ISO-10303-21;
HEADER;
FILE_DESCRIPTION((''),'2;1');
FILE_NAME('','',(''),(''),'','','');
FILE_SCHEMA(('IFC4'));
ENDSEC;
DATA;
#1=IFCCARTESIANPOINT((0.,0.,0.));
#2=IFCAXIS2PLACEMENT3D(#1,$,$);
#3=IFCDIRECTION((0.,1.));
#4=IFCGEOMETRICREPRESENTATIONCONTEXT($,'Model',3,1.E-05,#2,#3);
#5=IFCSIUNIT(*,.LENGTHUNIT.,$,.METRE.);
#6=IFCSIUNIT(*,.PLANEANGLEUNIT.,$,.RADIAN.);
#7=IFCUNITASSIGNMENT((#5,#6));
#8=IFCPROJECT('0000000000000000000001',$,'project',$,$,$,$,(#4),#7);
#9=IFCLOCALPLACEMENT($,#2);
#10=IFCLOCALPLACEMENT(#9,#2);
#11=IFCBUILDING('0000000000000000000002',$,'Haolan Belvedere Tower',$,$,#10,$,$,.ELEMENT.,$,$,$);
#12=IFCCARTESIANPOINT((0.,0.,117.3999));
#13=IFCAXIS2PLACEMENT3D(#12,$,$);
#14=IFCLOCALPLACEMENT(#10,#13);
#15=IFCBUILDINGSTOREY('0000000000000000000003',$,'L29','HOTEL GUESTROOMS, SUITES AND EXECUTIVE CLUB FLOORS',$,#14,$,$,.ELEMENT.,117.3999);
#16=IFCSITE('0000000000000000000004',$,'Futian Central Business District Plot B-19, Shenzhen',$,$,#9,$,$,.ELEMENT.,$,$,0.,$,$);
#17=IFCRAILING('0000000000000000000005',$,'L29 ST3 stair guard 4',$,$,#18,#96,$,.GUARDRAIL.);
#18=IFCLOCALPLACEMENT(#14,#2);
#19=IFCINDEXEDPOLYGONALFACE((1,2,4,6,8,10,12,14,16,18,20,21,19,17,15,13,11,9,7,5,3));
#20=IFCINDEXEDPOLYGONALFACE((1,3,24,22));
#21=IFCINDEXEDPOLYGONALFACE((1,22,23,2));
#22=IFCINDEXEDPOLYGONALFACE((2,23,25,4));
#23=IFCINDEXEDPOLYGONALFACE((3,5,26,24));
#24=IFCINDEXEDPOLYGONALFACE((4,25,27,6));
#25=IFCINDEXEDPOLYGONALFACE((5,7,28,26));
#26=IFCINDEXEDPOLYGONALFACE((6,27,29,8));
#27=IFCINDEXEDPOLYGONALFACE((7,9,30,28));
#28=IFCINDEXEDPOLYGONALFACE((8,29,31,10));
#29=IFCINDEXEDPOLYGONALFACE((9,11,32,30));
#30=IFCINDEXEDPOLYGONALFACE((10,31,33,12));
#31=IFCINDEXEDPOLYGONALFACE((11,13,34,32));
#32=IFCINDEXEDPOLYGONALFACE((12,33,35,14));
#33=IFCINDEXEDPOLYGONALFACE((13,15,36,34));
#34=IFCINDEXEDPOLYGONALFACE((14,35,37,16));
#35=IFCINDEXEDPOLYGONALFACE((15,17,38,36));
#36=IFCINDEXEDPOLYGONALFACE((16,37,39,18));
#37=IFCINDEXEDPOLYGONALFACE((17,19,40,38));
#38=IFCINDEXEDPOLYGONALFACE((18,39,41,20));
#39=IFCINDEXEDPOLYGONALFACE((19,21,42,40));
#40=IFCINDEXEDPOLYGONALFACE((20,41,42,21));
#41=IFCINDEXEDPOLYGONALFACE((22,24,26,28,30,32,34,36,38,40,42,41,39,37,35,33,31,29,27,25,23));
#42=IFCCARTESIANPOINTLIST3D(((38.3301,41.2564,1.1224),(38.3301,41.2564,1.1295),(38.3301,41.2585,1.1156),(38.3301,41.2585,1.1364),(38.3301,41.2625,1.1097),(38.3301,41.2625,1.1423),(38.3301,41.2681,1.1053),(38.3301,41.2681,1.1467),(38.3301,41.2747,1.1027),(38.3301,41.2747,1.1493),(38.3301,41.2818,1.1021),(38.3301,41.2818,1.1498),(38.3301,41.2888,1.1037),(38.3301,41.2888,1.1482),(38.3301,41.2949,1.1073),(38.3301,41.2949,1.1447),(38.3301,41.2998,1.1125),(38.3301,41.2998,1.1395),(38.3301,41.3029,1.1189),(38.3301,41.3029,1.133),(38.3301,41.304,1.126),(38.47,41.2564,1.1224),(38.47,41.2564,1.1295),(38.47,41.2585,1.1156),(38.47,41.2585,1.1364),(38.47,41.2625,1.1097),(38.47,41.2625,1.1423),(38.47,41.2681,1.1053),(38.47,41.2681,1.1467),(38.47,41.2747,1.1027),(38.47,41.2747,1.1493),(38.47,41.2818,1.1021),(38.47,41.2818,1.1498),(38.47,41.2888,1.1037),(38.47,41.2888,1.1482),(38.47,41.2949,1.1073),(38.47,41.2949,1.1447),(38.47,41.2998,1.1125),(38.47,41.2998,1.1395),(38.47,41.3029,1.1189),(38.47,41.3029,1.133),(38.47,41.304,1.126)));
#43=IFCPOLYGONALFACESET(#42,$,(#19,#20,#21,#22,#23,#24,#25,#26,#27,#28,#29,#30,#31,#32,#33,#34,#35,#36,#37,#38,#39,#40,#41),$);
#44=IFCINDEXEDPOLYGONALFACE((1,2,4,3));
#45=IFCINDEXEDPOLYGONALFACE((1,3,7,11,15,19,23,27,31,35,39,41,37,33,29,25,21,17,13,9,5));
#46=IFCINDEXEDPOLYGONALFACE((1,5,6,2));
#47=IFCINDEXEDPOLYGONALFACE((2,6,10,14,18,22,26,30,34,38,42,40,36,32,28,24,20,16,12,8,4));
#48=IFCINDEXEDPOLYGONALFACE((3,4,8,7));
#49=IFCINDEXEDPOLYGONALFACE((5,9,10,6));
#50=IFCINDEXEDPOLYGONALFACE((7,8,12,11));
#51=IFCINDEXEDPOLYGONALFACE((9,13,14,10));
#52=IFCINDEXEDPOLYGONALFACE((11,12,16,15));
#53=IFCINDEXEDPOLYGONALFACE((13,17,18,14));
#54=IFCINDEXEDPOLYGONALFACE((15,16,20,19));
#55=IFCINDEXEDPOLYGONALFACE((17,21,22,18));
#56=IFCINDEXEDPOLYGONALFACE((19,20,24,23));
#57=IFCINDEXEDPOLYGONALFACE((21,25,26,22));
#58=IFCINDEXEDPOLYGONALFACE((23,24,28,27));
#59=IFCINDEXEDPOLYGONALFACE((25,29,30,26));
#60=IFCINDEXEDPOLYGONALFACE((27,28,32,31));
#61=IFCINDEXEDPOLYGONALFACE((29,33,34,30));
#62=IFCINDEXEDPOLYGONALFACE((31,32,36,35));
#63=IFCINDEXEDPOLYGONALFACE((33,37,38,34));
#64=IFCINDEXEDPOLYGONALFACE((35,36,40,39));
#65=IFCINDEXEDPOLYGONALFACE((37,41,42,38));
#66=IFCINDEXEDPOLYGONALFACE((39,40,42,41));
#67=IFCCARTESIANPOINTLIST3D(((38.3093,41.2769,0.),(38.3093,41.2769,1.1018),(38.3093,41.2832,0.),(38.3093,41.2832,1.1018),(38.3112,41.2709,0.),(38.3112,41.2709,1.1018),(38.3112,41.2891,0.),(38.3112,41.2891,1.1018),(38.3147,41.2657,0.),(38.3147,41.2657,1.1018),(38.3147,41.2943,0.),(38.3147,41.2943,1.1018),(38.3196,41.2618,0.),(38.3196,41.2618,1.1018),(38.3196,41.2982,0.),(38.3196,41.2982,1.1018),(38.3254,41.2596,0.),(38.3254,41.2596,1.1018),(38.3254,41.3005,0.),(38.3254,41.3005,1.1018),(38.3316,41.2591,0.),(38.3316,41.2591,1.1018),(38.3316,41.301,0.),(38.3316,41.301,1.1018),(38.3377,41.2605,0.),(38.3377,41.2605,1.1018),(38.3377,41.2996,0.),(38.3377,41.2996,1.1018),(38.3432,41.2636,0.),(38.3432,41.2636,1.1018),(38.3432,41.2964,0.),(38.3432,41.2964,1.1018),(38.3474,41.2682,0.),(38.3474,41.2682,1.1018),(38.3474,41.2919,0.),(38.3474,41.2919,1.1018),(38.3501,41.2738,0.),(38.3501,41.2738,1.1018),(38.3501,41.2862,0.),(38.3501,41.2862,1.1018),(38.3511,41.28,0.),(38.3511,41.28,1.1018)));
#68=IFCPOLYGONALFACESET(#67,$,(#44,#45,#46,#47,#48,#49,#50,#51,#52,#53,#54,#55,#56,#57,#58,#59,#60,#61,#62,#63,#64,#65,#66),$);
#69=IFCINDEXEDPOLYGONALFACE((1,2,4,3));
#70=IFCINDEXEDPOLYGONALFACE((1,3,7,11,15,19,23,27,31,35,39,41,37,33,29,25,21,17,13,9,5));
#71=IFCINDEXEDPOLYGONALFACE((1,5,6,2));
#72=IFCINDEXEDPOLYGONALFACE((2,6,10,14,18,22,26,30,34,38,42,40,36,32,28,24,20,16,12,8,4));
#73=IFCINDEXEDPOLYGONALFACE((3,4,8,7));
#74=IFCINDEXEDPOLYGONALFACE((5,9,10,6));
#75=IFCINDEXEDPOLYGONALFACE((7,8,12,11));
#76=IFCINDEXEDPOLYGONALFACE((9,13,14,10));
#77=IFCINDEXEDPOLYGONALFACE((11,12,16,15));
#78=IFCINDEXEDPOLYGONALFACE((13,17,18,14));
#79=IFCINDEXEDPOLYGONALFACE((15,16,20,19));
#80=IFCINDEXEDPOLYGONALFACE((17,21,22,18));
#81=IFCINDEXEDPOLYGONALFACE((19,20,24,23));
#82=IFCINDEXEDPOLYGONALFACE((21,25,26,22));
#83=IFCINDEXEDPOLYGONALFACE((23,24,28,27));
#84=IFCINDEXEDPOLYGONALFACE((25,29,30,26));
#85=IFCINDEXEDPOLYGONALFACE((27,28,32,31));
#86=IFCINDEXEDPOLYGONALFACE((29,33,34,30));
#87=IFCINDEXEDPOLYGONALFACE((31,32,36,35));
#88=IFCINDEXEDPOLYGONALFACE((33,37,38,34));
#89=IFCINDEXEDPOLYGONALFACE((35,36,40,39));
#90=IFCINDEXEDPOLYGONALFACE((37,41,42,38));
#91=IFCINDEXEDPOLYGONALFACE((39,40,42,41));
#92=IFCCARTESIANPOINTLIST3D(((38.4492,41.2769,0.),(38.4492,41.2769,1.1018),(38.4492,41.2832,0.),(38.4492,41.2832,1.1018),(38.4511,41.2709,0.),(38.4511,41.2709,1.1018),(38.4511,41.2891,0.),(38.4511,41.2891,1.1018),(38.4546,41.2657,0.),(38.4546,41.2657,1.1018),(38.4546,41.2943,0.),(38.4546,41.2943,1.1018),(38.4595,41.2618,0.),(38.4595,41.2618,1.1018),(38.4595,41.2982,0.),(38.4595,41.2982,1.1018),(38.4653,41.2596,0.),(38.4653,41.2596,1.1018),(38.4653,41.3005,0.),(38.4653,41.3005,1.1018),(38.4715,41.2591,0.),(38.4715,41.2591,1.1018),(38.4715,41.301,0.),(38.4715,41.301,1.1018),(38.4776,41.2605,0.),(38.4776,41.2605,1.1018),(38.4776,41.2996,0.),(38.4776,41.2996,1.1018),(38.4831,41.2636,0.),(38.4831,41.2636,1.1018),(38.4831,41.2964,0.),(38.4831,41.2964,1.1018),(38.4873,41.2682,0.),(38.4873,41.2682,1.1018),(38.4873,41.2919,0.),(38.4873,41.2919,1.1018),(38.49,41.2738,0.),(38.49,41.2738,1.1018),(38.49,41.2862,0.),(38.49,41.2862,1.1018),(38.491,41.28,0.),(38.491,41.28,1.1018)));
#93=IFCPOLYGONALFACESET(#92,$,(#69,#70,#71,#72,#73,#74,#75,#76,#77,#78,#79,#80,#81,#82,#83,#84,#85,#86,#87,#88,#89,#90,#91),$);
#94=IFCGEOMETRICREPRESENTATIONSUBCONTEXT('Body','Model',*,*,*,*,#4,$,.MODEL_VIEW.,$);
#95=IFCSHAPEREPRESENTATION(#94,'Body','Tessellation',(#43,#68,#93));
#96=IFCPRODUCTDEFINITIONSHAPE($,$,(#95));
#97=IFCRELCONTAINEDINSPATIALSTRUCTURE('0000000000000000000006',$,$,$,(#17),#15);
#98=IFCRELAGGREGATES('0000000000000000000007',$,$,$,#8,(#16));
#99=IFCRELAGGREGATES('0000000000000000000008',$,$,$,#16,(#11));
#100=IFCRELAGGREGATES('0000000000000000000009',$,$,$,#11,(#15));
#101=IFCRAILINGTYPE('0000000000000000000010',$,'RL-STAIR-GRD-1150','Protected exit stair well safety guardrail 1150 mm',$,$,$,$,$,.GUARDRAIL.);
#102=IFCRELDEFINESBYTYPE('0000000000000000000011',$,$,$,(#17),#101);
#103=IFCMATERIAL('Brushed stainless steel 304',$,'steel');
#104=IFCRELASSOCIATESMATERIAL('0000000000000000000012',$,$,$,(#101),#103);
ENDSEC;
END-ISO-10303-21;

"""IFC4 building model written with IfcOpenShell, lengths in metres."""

from ifc_helpers import new_model, si_unit, direction, frame, origin, origin_2d, place, context, subcontext, project, spatial, circle, extrude, material, type_object, element, save


model = new_model("IFC4")

# Units and contexts
model_context = context("Model", 3, precision=1e-05, world=origin(), true_north=direction((0.0, 1.0)))
body_context = subcontext(model_context, "Body", "Model", "MODEL_VIEW")
ifc_project = project(units=[si_unit("LENGTHUNIT", "METRE"), si_unit("PLANEANGLEUNIT", "RADIAN")], contexts=[model_context])

# Site, building, storey
site_placement = place(None, origin())
site = spatial("IfcSite", under=ifc_project, at=site_placement, Name="Futian Central Business District Plot B-19, Shenzhen", CompositionType="ELEMENT", RefElevation=0.0)
building_placement = place(site_placement, origin())
building = spatial("IfcBuilding", under=site, at=building_placement, Name="Haolan Belvedere Tower", CompositionType="ELEMENT")
storey_placement = place(building_placement, frame((0.0, 0.0, 117.3999)))
storey = spatial("IfcBuildingStorey", under=building, at=storey_placement, Name="L29", Description="HOTEL GUESTROOMS, SUITES AND EXECUTIVE CLUB FLOORS", CompositionType="ELEMENT", Elevation=117.3999)

# Railing
ifc_material_1 = material(Name="Brushed stainless steel 304", Category="steel")
railing_type_1 = type_object("IfcRailingType", Name="RL-STAIR-GRD-1150", Description="Protected exit stair well safety guardrail 1150 mm", PredefinedType="GUARDRAIL", material=ifc_material_1)
railing_1_placement = place(storey_placement, frame((38.3301, 41.28, 0.0)))
element("IfcRailing", 1, at=railing_1_placement, inside=storey, type_object=railing_type_1, Name="L29 ST3 stair guard 4", PredefinedType="GUARDRAIL", context=body_context, shape_type="SweptSolid", body=[
    extrude(circle(Radius=0.0239, at=origin_2d()), frame((0.0, 0.0, 1.126), z_axis=(1.0, 0.0, 0.0), x_axis=(0.0, 1.0, 0.0)), (0.0, 0.0, 1.0), 0.1399),
    extrude(circle(Radius=0.021, at=origin_2d()), origin(), (0.0, 0.0, 1.0), 1.1018),
    extrude(circle(Radius=0.021, at=origin_2d()), frame((0.1399, 0.0, 0.0)), (0.0, 0.0, 1.0), 1.1018),
])

save(model, "model.ifc")
